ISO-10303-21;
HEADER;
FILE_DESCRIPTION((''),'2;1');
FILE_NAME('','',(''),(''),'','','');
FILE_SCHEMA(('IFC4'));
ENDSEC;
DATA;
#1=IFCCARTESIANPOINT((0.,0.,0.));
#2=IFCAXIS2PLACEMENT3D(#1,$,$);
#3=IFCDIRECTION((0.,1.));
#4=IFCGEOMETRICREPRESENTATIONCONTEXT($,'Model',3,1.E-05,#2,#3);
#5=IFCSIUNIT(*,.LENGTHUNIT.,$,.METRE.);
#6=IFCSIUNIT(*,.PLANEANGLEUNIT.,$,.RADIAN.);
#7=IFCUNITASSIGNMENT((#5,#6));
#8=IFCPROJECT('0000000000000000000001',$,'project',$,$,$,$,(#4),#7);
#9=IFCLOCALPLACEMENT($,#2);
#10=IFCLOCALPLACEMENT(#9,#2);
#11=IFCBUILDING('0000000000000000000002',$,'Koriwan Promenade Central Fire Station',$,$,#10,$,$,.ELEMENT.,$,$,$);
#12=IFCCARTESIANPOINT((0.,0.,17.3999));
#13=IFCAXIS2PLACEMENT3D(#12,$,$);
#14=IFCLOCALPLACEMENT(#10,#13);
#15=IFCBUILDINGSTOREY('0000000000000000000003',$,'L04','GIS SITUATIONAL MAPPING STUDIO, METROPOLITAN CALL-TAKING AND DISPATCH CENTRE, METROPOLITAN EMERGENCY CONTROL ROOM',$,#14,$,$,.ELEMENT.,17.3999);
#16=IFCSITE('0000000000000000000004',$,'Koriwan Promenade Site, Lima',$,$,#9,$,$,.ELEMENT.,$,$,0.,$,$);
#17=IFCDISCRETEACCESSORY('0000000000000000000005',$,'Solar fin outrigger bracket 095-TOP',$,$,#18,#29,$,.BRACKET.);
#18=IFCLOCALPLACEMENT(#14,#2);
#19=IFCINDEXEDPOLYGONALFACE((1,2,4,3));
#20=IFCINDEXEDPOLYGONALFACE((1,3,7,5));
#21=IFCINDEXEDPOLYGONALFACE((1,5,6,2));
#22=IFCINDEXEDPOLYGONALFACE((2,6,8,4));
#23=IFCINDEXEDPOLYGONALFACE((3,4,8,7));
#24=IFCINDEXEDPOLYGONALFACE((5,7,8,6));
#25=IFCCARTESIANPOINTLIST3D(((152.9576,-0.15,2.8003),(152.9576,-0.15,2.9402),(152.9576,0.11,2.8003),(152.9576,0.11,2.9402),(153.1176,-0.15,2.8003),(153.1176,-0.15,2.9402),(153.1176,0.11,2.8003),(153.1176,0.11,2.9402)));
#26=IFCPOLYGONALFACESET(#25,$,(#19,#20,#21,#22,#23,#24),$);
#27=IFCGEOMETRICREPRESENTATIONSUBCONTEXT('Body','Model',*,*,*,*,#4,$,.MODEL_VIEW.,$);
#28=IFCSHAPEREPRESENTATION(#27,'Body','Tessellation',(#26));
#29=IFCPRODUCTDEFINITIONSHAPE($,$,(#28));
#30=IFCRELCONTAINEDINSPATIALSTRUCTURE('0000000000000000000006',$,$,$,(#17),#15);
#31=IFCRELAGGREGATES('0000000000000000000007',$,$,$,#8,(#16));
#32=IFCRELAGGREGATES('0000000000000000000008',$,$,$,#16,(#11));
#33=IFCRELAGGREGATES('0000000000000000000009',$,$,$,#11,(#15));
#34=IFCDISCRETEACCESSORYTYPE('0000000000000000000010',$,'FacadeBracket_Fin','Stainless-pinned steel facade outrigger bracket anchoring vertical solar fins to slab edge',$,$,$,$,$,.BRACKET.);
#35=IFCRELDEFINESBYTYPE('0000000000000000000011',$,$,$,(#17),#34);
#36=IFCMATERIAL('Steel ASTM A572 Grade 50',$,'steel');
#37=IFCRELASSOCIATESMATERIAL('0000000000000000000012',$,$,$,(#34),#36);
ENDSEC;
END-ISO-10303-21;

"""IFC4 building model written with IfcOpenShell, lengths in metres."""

from ifc_helpers import new_model, si_unit, direction, frame, origin, origin_2d, place, context, subcontext, project, spatial, rectangle, extrude, material, type_object, element, save


model = new_model("IFC4")

# Units and contexts
model_context = context("Model", 3, precision=1e-05, world=origin(), true_north=direction((0.0, 1.0)))
body_context = subcontext(model_context, "Body", "Model", "MODEL_VIEW")
ifc_project = project(units=[si_unit("LENGTHUNIT", "METRE"), si_unit("PLANEANGLEUNIT", "RADIAN")], contexts=[model_context])

# Site, building, storey
site_placement = place(None, origin())
site = spatial("IfcSite", under=ifc_project, at=site_placement, Name="Koriwan Promenade Site, Lima", CompositionType="ELEMENT", RefElevation=0.0)
building_placement = place(site_placement, origin())
building = spatial("IfcBuilding", under=site, at=building_placement, Name="Koriwan Promenade Central Fire Station", CompositionType="ELEMENT")
storey_placement = place(building_placement, frame((0.0, 0.0, 17.3999)))
storey = spatial("IfcBuildingStorey", under=building, at=storey_placement, Name="L04", Description="GIS SITUATIONAL MAPPING STUDIO, METROPOLITAN CALL-TAKING AND DISPATCH CENTRE, METROPOLITAN EMERGENCY CONTROL ROOM", CompositionType="ELEMENT", Elevation=17.3999)

# Discrete accessory
ifc_material_1 = material(Name="Steel ASTM A572 Grade 50", Category="steel")
discrete_accessory_type = type_object("IfcDiscreteAccessoryType", Name="FacadeBracket_Fin", Description="Stainless-pinned steel facade outrigger bracket anchoring vertical solar fins to slab edge", PredefinedType="BRACKET", material=ifc_material_1)
for number, where, z_axis, x_axis, name in (
    (1, (153.0376, -0.02, 2.8003), (0.0, 0.0, 1.0), (0.0, -1.0, 0.0), "Solar fin outrigger bracket 095-TOP"),
):
    element("IfcDiscreteAccessory", number, at=place(storey_placement, frame(where, z_axis=z_axis, x_axis=x_axis)), inside=storey, type_object=discrete_accessory_type, Name=name, PredefinedType="BRACKET", context=body_context, shape_type="SweptSolid", body=[
        extrude(rectangle(XDim=0.26, YDim=0.1599, at=origin_2d()), origin(), (0.0, 0.0, 1.0), 0.1399),
    ])

save(model, "model.ifc")
